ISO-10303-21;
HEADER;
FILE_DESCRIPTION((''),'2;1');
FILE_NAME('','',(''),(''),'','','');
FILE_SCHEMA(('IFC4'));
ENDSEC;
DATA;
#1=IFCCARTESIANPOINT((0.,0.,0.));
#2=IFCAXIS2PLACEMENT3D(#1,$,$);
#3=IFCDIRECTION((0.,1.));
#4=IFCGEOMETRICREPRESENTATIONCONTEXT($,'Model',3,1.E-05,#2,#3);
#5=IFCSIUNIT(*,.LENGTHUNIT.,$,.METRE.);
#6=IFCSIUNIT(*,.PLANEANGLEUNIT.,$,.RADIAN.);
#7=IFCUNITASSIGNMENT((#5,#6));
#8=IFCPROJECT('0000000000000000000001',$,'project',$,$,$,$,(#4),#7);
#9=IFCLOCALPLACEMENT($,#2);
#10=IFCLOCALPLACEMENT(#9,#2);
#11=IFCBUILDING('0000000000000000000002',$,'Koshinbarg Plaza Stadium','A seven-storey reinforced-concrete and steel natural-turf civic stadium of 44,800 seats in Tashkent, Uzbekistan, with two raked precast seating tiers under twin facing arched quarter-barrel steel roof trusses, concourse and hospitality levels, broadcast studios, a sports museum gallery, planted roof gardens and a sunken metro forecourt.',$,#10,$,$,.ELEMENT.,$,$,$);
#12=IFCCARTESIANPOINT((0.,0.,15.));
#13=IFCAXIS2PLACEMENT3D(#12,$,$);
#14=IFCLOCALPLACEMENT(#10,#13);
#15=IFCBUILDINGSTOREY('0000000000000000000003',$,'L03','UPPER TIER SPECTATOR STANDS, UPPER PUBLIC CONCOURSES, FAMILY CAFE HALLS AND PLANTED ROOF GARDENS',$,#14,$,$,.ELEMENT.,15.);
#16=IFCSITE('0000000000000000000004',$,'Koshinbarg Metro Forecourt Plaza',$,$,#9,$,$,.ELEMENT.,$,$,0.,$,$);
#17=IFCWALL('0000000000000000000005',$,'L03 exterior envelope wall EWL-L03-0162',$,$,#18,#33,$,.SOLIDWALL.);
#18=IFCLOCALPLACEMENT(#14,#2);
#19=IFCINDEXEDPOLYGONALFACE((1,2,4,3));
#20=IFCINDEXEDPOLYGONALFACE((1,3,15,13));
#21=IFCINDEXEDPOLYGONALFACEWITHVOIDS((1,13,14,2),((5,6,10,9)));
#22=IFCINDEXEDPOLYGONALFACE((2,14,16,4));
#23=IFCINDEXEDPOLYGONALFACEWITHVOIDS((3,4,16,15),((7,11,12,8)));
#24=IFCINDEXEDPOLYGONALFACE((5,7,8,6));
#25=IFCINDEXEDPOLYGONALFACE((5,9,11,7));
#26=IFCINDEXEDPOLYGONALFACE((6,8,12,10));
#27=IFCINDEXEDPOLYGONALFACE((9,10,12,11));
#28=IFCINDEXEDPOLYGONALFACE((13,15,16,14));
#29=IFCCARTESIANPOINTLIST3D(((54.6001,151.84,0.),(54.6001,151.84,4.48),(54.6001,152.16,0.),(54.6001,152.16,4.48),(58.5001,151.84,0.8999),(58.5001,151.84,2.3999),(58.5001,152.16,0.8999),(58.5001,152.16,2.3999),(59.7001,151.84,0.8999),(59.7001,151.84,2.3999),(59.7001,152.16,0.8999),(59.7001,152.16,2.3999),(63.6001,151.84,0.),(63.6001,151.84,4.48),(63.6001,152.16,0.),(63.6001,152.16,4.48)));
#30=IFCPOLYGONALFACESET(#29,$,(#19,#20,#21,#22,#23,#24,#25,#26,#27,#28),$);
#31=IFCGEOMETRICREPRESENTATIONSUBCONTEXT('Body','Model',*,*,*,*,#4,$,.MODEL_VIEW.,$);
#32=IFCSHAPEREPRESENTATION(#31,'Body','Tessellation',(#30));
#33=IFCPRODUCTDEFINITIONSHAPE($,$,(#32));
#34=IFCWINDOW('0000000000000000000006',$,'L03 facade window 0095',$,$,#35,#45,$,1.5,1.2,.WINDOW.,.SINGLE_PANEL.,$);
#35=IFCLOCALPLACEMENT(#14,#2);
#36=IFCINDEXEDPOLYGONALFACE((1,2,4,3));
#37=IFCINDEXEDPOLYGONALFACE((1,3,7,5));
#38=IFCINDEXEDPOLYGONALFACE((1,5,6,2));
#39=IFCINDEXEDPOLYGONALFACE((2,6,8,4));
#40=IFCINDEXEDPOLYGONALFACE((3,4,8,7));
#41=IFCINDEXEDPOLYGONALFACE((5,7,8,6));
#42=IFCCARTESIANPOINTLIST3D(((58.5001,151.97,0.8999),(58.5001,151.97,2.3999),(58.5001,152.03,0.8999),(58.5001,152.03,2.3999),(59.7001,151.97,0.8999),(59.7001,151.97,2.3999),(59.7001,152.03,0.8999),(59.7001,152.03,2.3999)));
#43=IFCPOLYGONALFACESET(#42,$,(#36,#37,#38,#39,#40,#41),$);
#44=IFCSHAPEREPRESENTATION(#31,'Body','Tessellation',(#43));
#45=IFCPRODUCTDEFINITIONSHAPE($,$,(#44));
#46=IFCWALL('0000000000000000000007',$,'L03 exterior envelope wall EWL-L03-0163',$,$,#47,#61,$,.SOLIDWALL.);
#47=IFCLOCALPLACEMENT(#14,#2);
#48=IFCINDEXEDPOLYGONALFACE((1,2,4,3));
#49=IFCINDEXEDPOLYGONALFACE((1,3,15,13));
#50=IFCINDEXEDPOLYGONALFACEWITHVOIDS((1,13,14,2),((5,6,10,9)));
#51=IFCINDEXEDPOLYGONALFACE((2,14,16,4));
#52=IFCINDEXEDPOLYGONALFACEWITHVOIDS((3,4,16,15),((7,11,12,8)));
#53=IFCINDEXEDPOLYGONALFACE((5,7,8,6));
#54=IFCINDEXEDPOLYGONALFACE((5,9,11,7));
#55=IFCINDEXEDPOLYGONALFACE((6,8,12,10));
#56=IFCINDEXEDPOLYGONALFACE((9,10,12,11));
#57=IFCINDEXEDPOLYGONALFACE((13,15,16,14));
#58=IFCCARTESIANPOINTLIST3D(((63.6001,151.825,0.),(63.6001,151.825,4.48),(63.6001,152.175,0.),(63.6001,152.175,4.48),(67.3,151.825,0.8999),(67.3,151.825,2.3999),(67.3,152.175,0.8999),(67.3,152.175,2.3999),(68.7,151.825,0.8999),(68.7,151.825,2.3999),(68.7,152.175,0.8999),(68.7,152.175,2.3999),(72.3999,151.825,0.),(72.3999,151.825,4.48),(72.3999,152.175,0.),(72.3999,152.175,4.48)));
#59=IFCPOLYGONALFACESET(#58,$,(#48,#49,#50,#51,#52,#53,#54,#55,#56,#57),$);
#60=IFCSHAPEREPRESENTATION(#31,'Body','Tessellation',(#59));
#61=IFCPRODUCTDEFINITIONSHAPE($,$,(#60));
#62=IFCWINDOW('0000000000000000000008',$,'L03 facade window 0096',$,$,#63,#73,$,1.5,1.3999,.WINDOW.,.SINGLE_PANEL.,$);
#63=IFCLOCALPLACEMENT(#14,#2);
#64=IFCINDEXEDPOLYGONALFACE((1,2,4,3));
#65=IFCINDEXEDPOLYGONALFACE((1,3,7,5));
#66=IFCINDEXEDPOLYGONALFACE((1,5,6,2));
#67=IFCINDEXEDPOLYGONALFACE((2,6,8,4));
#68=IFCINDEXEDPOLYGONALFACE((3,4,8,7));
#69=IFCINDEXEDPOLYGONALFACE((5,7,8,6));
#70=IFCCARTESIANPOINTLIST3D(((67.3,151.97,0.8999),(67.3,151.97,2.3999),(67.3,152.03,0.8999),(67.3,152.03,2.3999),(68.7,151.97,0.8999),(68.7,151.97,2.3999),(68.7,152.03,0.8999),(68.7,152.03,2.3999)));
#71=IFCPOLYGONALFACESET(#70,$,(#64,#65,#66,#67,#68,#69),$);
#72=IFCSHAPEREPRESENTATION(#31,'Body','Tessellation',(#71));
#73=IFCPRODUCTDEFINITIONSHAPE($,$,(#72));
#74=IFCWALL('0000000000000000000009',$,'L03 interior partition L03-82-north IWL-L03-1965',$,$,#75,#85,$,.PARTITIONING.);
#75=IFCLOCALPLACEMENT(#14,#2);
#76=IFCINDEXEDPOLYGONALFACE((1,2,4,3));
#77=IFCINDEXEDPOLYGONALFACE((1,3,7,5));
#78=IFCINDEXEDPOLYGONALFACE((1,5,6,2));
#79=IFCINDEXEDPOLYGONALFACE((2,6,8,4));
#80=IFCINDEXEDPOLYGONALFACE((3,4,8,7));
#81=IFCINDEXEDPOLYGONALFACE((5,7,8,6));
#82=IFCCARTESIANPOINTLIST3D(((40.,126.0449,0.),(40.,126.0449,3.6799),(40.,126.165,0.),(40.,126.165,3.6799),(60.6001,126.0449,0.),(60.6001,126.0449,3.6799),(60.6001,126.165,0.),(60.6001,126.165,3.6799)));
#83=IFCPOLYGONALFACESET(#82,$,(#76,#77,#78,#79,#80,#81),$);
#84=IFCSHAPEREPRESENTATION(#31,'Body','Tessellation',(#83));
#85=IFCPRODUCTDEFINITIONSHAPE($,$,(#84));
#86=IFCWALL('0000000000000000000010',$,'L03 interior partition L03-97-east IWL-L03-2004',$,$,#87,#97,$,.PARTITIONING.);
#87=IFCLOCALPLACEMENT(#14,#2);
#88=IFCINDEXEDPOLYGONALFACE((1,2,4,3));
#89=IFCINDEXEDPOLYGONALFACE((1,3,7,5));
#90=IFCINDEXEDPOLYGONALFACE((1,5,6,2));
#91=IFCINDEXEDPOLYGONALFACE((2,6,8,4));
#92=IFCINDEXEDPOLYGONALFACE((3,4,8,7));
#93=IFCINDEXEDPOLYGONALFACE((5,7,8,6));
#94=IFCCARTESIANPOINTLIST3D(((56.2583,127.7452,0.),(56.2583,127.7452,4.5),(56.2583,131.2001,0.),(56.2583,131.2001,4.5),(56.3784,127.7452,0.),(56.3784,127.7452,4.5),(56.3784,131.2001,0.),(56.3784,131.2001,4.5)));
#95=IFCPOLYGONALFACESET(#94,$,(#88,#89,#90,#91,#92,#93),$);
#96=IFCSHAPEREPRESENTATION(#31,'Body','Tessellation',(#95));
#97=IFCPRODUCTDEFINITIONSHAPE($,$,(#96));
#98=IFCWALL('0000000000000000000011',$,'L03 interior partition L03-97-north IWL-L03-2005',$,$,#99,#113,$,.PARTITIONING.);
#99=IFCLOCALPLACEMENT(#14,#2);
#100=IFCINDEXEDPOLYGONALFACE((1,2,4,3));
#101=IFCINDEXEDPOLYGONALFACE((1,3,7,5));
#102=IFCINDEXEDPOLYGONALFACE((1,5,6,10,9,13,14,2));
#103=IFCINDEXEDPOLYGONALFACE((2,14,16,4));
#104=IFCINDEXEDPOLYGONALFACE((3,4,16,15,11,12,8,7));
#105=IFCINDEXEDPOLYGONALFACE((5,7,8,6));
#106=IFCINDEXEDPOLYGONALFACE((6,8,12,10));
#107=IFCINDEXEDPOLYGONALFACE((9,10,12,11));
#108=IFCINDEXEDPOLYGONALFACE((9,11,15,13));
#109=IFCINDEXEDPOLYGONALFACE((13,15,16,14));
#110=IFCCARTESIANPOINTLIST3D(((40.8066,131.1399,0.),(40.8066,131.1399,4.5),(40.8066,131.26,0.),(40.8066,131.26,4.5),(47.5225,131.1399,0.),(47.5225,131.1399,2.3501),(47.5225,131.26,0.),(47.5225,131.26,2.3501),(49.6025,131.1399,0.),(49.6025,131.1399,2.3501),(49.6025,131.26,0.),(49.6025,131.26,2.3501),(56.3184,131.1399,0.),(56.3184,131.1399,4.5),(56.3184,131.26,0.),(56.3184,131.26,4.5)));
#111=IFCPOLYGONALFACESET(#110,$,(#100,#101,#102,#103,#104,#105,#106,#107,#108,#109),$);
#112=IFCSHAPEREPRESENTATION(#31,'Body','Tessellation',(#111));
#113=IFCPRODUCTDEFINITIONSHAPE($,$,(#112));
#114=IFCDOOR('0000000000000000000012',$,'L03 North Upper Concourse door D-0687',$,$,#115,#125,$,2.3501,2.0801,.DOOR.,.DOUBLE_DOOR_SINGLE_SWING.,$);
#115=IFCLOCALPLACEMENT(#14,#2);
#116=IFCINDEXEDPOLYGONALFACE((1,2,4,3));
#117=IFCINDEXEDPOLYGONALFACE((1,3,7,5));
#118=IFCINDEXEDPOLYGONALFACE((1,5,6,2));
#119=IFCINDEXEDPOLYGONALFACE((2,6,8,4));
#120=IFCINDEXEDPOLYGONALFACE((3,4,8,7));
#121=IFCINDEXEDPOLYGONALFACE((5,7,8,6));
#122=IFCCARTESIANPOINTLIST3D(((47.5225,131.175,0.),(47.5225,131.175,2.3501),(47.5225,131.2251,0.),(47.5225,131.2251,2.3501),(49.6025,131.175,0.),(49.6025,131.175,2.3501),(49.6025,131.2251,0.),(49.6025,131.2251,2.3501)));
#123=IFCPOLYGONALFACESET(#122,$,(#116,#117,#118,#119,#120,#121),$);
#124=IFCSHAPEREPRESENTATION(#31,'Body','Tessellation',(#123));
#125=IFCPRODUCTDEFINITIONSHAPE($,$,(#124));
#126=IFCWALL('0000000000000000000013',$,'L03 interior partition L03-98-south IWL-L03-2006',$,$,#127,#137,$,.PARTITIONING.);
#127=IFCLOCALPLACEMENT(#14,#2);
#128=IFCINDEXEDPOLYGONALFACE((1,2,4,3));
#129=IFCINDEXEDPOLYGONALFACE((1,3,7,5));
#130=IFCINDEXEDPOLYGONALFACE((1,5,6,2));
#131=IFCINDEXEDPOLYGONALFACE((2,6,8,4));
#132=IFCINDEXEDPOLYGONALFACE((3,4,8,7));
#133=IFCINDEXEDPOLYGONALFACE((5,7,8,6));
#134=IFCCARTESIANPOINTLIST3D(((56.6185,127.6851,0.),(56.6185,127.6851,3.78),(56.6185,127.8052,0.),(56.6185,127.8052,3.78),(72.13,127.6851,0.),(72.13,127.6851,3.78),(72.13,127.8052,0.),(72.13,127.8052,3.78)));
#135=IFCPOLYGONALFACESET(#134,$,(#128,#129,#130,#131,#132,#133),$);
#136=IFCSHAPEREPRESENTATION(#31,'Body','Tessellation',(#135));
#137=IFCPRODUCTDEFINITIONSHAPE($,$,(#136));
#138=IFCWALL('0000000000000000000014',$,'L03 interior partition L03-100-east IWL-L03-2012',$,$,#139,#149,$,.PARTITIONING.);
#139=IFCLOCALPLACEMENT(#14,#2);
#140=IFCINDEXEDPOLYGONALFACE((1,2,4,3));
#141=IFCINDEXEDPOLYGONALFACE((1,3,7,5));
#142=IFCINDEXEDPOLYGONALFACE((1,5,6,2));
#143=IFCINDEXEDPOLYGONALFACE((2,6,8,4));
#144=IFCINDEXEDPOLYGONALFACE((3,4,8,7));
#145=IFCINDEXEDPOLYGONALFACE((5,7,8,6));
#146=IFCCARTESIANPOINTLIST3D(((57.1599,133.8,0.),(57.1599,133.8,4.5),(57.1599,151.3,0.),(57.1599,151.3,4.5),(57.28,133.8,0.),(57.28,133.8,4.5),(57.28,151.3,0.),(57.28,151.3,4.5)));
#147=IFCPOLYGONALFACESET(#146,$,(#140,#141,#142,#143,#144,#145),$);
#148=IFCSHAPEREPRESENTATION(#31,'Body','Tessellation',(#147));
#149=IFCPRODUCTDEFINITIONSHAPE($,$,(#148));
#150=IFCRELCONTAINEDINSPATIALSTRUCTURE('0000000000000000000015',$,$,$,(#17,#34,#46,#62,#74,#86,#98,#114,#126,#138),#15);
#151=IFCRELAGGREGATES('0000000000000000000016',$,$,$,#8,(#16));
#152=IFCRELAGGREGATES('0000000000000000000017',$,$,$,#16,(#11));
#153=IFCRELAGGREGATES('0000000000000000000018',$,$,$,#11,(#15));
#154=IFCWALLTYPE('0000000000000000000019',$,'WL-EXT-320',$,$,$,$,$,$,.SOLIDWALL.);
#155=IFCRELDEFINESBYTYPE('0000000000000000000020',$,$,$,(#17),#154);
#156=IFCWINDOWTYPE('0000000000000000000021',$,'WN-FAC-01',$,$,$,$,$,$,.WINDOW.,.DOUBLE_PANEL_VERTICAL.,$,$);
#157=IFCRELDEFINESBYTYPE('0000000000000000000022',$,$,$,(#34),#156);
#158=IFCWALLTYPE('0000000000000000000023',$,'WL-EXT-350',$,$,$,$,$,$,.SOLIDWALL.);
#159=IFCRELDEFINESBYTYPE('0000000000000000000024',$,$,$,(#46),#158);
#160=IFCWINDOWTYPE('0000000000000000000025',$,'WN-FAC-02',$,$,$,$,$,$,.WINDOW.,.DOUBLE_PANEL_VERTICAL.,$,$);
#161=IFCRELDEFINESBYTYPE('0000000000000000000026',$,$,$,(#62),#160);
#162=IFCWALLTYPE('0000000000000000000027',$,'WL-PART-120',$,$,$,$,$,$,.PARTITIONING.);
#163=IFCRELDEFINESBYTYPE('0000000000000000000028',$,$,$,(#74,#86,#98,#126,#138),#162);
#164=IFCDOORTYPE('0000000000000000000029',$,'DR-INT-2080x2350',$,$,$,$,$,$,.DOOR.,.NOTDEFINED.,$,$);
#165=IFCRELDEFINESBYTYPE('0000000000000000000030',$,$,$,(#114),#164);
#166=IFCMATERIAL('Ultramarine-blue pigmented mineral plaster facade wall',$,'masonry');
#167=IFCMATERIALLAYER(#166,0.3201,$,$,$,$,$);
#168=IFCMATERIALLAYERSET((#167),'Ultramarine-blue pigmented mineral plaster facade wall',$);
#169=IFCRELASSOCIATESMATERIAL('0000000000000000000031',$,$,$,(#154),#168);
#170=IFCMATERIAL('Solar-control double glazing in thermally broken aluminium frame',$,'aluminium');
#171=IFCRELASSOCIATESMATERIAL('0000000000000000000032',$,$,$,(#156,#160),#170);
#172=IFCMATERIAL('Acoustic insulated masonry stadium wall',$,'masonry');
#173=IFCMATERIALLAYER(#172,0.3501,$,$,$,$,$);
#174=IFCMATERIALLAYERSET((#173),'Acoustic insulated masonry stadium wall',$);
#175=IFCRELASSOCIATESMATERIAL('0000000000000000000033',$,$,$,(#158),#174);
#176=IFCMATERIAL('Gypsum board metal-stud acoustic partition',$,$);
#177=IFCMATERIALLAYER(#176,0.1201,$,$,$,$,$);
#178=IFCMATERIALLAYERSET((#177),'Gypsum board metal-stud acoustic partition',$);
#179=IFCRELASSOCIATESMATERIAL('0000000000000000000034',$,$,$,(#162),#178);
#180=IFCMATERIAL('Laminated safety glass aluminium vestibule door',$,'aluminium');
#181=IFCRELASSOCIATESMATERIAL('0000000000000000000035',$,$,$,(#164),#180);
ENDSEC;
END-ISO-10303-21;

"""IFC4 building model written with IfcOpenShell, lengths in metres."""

from ifc_helpers import new_model, si_unit, direction, frame, frame_2d, origin, place, context, subcontext, project, spatial, rectangle, extrude, material, layer, layer_set, type_object, element, fill, save


model = new_model("IFC4")

# Units and contexts
model_context = context("Model", 3, precision=1e-05, world=origin(), true_north=direction((0.0, 1.0)))
body_context = subcontext(model_context, "Body", "Model", "MODEL_VIEW")
ifc_project = project(units=[si_unit("LENGTHUNIT", "METRE"), si_unit("PLANEANGLEUNIT", "RADIAN")], contexts=[model_context])

# Site, building, storey
site_placement = place(None, origin())
site = spatial("IfcSite", under=ifc_project, at=site_placement, Name="Koshinbarg Metro Forecourt Plaza", CompositionType="ELEMENT", RefElevation=0.0)
building_placement = place(site_placement, origin())
building = spatial("IfcBuilding", under=site, at=building_placement, Name="Koshinbarg Plaza Stadium", Description="A seven-storey reinforced-concrete and steel natural-turf civic stadium of 44,800 seats in Tashkent, Uzbekistan, with two raked precast seating tiers under twin facing arched quarter-barrel steel roof trusses, concourse and hospitality levels, broadcast studios, a sports museum gallery, planted roof gardens and a sunken metro forecourt.", CompositionType="ELEMENT")
storey_placement = place(building_placement, frame((0.0, 0.0, 15.0)))
storey = spatial("IfcBuildingStorey", under=building, at=storey_placement, Name="L03", Description="UPPER TIER SPECTATOR STANDS, UPPER PUBLIC CONCOURSES, FAMILY CAFE HALLS AND PLANTED ROOF GARDENS", CompositionType="ELEMENT", Elevation=15.0)

# Walls, openings, windows
ifc_material_1 = material(Name="Ultramarine-blue pigmented mineral plaster facade wall", Category="masonry")
ifc_layer_1 = layer(ifc_material_1, 0.3201)
ifc_layer_set_1 = layer_set([ifc_layer_1], Name="Ultramarine-blue pigmented mineral plaster facade wall")
wall_type_1 = type_object("IfcWallType", Name="WL-EXT-320", PredefinedType="SOLIDWALL", material=ifc_layer_set_1)
wall_1_placement = place(storey_placement, frame((54.6001, 152.0, 0.0), z_axis=(0.0, 0.0, 1.0), x_axis=(1.0, 0.0, 0.0)))
wall_1 = element("IfcWall", 1, at=wall_1_placement, inside=storey, type_object=wall_type_1, Name="L03 exterior envelope wall EWL-L03-0162", PredefinedType="SOLIDWALL", context=body_context, shape_type="SweptSolid", body=[
    extrude(rectangle(XDim=9.0, YDim=0.3201, at=frame_2d((4.5, 0.0))), origin(), (0.0, 0.0, 1.0), 4.48),
])
opening_1_placement = place(wall_1_placement, frame((3.8999, 0.0, 0.8999)))
opening_1 = element("IfcOpeningElement", 2, at=opening_1_placement, cuts=wall_1, PredefinedType="OPENING", context=body_context, shape_type="SweptSolid", body=[
    extrude(rectangle(XDim=1.2, YDim=1.5, at=frame_2d((0.6001, 0.75))), frame((0.0, 0.1699, 0.0), z_axis=(0.0, -1.0, 0.0), x_axis=(1.0, 0.0, 0.0)), (0.0, 0.0, 1.0), 0.3401),
])
ifc_material_2 = material(Name="Solar-control double glazing in thermally broken aluminium frame", Category="aluminium")
window_type_1 = type_object("IfcWindowType", Name="WN-FAC-01", PartitioningType="DOUBLE_PANEL_VERTICAL", PredefinedType="WINDOW", material=ifc_material_2)
window_1_placement = place(opening_1_placement, origin())
window_1 = element("IfcWindow", 3, at=window_1_placement, inside=storey, type_object=window_type_1, Name="L03 facade window 0095", OverallHeight=1.5, OverallWidth=1.2, PartitioningType="SINGLE_PANEL", PredefinedType="WINDOW", context=body_context, shape_type="SweptSolid", body=[
    extrude(rectangle(XDim=1.2, YDim=1.5, at=frame_2d((0.6001, 0.75))), frame((0.0, 0.03, 0.0), z_axis=(0.0, -1.0, 0.0), x_axis=(1.0, 0.0, 0.0)), (0.0, 0.0, 1.0), 0.0601),
])
fill(opening_1, window_1)
ifc_material_3 = material(Name="Acoustic insulated masonry stadium wall", Category="masonry")
ifc_layer_2 = layer(ifc_material_3, 0.3501)
ifc_layer_set_2 = layer_set([ifc_layer_2], Name="Acoustic insulated masonry stadium wall")
wall_type_2 = type_object("IfcWallType", Name="WL-EXT-350", PredefinedType="SOLIDWALL", material=ifc_layer_set_2)
wall_2_placement = place(storey_placement, frame((63.6001, 152.0, 0.0), z_axis=(0.0, 0.0, 1.0), x_axis=(1.0, 0.0, 0.0)))
wall_2 = element("IfcWall", 4, at=wall_2_placement, inside=storey, type_object=wall_type_2, Name="L03 exterior envelope wall EWL-L03-0163", PredefinedType="SOLIDWALL", context=body_context, shape_type="SweptSolid", body=[
    extrude(rectangle(XDim=8.7998, YDim=0.3501, at=frame_2d((4.3999, 0.0))), origin(), (0.0, 0.0, 1.0), 4.48),
])
opening_2_placement = place(wall_2_placement, frame((3.7, 0.0, 0.8999)))
opening_2 = element("IfcOpeningElement", 5, at=opening_2_placement, cuts=wall_2, PredefinedType="OPENING", context=body_context, shape_type="SweptSolid", body=[
    extrude(rectangle(XDim=1.3999, YDim=1.5, at=frame_2d((0.7, 0.75))), frame((0.0, 0.1851, 0.0), z_axis=(0.0, -1.0, 0.0), x_axis=(1.0, 0.0, 0.0)), (0.0, 0.0, 1.0), 0.3701),
])
window_type_2 = type_object("IfcWindowType", Name="WN-FAC-02", PartitioningType="DOUBLE_PANEL_VERTICAL", PredefinedType="WINDOW", material=ifc_material_2)
window_2_placement = place(opening_2_placement, origin())
window_2 = element("IfcWindow", 6, at=window_2_placement, inside=storey, type_object=window_type_2, Name="L03 facade window 0096", OverallHeight=1.5, OverallWidth=1.3999, PartitioningType="SINGLE_PANEL", PredefinedType="WINDOW", context=body_context, shape_type="SweptSolid", body=[
    extrude(rectangle(XDim=1.3999, YDim=1.5, at=frame_2d((0.7, 0.75))), frame((0.0, 0.03, 0.0), z_axis=(0.0, -1.0, 0.0), x_axis=(1.0, 0.0, 0.0)), (0.0, 0.0, 1.0), 0.0601),
])
fill(opening_2, window_2)

# Walls
ifc_material_4 = material(Name="Gypsum board metal-stud acoustic partition")
ifc_layer_3 = layer(ifc_material_4, 0.1201)
ifc_layer_set_3 = layer_set([ifc_layer_3], Name="Gypsum board metal-stud acoustic partition")
wall_type_3 = type_object("IfcWallType", Name="WL-PART-120", PredefinedType="PARTITIONING", material=ifc_layer_set_3)
wall_3_placement = place(storey_placement, frame((60.6001, 126.105, 0.0), z_axis=(0.0, 0.0, 1.0), x_axis=(-1.0, 0.0, 0.0)))
element("IfcWall", 7, at=wall_3_placement, inside=storey, type_object=wall_type_3, Name="L03 interior partition L03-82-north IWL-L03-1965", PredefinedType="PARTITIONING", context=body_context, shape_type="SweptSolid", body=[
    extrude(rectangle(XDim=20.6001, YDim=0.1201, at=frame_2d((10.3, 0.0))), origin(), (0.0, 0.0, 1.0), 3.6799),
])
wall_4_placement = place(storey_placement, frame((56.3184, 127.7451, 0.0), z_axis=(0.0, 0.0, 1.0), x_axis=(0.0, 1.0, 0.0)))
element("IfcWall", 8, at=wall_4_placement, inside=storey, type_object=wall_type_3, Name="L03 interior partition L03-97-east IWL-L03-2004", PredefinedType="PARTITIONING", context=body_context, shape_type="SweptSolid", body=[
    extrude(rectangle(XDim=3.4548, YDim=0.1201, at=frame_2d((1.7275, 0.0))), origin(), (0.0, 0.0, 1.0), 4.5),
])

# Wall, opening, door
wall_5_placement = place(storey_placement, frame((56.3184, 131.2, 0.0), z_axis=(0.0, 0.0, 1.0), x_axis=(-1.0, 0.0, 0.0)))
wall_5 = element("IfcWall", 9, at=wall_5_placement, inside=storey, type_object=wall_type_3, Name="L03 interior partition L03-97-north IWL-L03-2005", PredefinedType="PARTITIONING", context=body_context, shape_type="SweptSolid", body=[
    extrude(rectangle(XDim=15.5117, YDim=0.1201, at=frame_2d((7.7559, 0.0))), origin(), (0.0, 0.0, 1.0), 4.5),
])
opening_3_placement = place(wall_5_placement, frame((6.7158, 0.0, 0.0)))
opening_3 = element("IfcOpeningElement", 10, at=opening_3_placement, cuts=wall_5, PredefinedType="OPENING", context=body_context, shape_type="SweptSolid", body=[
    extrude(rectangle(XDim=2.0801, YDim=2.3501, at=frame_2d((1.04, 1.175))), frame((0.0, 0.0701, 0.0), z_axis=(0.0, -1.0, 0.0), x_axis=(1.0, 0.0, 0.0)), (0.0, 0.0, 1.0), 0.1401),
])
ifc_material_5 = material(Name="Laminated safety glass aluminium vestibule door", Category="aluminium")
door_type_1 = type_object("IfcDoorType", Name="DR-INT-2080x2350", OperationType="NOTDEFINED", PredefinedType="DOOR", material=ifc_material_5)
door_1_placement = place(opening_3_placement, origin())
door_1 = element("IfcDoor", 11, at=door_1_placement, inside=storey, type_object=door_type_1, Name="L03 North Upper Concourse door D-0687", OperationType="DOUBLE_DOOR_SINGLE_SWING", OverallHeight=2.3501, OverallWidth=2.0801, PredefinedType="DOOR", context=body_context, shape_type="SweptSolid", body=[
    extrude(rectangle(XDim=2.0801, YDim=2.3501, at=frame_2d((1.04, 1.175))), frame((0.0, 0.0249, 0.0), z_axis=(0.0, -1.0, 0.0), x_axis=(1.0, 0.0, 0.0)), (0.0, 0.0, 1.0), 0.05),
])
fill(opening_3, door_1)

# Walls
wall_6_placement = place(storey_placement, frame((56.6184, 127.7451, 0.0), z_axis=(0.0, 0.0, 1.0), x_axis=(1.0, 0.0, 0.0)))
element("IfcWall", 12, at=wall_6_placement, inside=storey, type_object=wall_type_3, Name="L03 interior partition L03-98-south IWL-L03-2006", PredefinedType="PARTITIONING", context=body_context, shape_type="SweptSolid", body=[
    extrude(rectangle(XDim=15.5115, YDim=0.1201, at=frame_2d((7.7559, 0.0))), origin(), (0.0, 0.0, 1.0), 3.78),
])
wall_7_placement = place(storey_placement, frame((57.22, 133.8, 0.0), z_axis=(0.0, 0.0, 1.0), x_axis=(0.0, 1.0, 0.0)))
element("IfcWall", 13, at=wall_7_placement, inside=storey, type_object=wall_type_3, Name="L03 interior partition L03-100-east IWL-L03-2012", PredefinedType="PARTITIONING", context=body_context, shape_type="SweptSolid", body=[
    extrude(rectangle(XDim=17.5, YDim=0.1201, at=frame_2d((8.75, 0.0))), origin(), (0.0, 0.0, 1.0), 4.5),
])

save(model, "model.ifc")
